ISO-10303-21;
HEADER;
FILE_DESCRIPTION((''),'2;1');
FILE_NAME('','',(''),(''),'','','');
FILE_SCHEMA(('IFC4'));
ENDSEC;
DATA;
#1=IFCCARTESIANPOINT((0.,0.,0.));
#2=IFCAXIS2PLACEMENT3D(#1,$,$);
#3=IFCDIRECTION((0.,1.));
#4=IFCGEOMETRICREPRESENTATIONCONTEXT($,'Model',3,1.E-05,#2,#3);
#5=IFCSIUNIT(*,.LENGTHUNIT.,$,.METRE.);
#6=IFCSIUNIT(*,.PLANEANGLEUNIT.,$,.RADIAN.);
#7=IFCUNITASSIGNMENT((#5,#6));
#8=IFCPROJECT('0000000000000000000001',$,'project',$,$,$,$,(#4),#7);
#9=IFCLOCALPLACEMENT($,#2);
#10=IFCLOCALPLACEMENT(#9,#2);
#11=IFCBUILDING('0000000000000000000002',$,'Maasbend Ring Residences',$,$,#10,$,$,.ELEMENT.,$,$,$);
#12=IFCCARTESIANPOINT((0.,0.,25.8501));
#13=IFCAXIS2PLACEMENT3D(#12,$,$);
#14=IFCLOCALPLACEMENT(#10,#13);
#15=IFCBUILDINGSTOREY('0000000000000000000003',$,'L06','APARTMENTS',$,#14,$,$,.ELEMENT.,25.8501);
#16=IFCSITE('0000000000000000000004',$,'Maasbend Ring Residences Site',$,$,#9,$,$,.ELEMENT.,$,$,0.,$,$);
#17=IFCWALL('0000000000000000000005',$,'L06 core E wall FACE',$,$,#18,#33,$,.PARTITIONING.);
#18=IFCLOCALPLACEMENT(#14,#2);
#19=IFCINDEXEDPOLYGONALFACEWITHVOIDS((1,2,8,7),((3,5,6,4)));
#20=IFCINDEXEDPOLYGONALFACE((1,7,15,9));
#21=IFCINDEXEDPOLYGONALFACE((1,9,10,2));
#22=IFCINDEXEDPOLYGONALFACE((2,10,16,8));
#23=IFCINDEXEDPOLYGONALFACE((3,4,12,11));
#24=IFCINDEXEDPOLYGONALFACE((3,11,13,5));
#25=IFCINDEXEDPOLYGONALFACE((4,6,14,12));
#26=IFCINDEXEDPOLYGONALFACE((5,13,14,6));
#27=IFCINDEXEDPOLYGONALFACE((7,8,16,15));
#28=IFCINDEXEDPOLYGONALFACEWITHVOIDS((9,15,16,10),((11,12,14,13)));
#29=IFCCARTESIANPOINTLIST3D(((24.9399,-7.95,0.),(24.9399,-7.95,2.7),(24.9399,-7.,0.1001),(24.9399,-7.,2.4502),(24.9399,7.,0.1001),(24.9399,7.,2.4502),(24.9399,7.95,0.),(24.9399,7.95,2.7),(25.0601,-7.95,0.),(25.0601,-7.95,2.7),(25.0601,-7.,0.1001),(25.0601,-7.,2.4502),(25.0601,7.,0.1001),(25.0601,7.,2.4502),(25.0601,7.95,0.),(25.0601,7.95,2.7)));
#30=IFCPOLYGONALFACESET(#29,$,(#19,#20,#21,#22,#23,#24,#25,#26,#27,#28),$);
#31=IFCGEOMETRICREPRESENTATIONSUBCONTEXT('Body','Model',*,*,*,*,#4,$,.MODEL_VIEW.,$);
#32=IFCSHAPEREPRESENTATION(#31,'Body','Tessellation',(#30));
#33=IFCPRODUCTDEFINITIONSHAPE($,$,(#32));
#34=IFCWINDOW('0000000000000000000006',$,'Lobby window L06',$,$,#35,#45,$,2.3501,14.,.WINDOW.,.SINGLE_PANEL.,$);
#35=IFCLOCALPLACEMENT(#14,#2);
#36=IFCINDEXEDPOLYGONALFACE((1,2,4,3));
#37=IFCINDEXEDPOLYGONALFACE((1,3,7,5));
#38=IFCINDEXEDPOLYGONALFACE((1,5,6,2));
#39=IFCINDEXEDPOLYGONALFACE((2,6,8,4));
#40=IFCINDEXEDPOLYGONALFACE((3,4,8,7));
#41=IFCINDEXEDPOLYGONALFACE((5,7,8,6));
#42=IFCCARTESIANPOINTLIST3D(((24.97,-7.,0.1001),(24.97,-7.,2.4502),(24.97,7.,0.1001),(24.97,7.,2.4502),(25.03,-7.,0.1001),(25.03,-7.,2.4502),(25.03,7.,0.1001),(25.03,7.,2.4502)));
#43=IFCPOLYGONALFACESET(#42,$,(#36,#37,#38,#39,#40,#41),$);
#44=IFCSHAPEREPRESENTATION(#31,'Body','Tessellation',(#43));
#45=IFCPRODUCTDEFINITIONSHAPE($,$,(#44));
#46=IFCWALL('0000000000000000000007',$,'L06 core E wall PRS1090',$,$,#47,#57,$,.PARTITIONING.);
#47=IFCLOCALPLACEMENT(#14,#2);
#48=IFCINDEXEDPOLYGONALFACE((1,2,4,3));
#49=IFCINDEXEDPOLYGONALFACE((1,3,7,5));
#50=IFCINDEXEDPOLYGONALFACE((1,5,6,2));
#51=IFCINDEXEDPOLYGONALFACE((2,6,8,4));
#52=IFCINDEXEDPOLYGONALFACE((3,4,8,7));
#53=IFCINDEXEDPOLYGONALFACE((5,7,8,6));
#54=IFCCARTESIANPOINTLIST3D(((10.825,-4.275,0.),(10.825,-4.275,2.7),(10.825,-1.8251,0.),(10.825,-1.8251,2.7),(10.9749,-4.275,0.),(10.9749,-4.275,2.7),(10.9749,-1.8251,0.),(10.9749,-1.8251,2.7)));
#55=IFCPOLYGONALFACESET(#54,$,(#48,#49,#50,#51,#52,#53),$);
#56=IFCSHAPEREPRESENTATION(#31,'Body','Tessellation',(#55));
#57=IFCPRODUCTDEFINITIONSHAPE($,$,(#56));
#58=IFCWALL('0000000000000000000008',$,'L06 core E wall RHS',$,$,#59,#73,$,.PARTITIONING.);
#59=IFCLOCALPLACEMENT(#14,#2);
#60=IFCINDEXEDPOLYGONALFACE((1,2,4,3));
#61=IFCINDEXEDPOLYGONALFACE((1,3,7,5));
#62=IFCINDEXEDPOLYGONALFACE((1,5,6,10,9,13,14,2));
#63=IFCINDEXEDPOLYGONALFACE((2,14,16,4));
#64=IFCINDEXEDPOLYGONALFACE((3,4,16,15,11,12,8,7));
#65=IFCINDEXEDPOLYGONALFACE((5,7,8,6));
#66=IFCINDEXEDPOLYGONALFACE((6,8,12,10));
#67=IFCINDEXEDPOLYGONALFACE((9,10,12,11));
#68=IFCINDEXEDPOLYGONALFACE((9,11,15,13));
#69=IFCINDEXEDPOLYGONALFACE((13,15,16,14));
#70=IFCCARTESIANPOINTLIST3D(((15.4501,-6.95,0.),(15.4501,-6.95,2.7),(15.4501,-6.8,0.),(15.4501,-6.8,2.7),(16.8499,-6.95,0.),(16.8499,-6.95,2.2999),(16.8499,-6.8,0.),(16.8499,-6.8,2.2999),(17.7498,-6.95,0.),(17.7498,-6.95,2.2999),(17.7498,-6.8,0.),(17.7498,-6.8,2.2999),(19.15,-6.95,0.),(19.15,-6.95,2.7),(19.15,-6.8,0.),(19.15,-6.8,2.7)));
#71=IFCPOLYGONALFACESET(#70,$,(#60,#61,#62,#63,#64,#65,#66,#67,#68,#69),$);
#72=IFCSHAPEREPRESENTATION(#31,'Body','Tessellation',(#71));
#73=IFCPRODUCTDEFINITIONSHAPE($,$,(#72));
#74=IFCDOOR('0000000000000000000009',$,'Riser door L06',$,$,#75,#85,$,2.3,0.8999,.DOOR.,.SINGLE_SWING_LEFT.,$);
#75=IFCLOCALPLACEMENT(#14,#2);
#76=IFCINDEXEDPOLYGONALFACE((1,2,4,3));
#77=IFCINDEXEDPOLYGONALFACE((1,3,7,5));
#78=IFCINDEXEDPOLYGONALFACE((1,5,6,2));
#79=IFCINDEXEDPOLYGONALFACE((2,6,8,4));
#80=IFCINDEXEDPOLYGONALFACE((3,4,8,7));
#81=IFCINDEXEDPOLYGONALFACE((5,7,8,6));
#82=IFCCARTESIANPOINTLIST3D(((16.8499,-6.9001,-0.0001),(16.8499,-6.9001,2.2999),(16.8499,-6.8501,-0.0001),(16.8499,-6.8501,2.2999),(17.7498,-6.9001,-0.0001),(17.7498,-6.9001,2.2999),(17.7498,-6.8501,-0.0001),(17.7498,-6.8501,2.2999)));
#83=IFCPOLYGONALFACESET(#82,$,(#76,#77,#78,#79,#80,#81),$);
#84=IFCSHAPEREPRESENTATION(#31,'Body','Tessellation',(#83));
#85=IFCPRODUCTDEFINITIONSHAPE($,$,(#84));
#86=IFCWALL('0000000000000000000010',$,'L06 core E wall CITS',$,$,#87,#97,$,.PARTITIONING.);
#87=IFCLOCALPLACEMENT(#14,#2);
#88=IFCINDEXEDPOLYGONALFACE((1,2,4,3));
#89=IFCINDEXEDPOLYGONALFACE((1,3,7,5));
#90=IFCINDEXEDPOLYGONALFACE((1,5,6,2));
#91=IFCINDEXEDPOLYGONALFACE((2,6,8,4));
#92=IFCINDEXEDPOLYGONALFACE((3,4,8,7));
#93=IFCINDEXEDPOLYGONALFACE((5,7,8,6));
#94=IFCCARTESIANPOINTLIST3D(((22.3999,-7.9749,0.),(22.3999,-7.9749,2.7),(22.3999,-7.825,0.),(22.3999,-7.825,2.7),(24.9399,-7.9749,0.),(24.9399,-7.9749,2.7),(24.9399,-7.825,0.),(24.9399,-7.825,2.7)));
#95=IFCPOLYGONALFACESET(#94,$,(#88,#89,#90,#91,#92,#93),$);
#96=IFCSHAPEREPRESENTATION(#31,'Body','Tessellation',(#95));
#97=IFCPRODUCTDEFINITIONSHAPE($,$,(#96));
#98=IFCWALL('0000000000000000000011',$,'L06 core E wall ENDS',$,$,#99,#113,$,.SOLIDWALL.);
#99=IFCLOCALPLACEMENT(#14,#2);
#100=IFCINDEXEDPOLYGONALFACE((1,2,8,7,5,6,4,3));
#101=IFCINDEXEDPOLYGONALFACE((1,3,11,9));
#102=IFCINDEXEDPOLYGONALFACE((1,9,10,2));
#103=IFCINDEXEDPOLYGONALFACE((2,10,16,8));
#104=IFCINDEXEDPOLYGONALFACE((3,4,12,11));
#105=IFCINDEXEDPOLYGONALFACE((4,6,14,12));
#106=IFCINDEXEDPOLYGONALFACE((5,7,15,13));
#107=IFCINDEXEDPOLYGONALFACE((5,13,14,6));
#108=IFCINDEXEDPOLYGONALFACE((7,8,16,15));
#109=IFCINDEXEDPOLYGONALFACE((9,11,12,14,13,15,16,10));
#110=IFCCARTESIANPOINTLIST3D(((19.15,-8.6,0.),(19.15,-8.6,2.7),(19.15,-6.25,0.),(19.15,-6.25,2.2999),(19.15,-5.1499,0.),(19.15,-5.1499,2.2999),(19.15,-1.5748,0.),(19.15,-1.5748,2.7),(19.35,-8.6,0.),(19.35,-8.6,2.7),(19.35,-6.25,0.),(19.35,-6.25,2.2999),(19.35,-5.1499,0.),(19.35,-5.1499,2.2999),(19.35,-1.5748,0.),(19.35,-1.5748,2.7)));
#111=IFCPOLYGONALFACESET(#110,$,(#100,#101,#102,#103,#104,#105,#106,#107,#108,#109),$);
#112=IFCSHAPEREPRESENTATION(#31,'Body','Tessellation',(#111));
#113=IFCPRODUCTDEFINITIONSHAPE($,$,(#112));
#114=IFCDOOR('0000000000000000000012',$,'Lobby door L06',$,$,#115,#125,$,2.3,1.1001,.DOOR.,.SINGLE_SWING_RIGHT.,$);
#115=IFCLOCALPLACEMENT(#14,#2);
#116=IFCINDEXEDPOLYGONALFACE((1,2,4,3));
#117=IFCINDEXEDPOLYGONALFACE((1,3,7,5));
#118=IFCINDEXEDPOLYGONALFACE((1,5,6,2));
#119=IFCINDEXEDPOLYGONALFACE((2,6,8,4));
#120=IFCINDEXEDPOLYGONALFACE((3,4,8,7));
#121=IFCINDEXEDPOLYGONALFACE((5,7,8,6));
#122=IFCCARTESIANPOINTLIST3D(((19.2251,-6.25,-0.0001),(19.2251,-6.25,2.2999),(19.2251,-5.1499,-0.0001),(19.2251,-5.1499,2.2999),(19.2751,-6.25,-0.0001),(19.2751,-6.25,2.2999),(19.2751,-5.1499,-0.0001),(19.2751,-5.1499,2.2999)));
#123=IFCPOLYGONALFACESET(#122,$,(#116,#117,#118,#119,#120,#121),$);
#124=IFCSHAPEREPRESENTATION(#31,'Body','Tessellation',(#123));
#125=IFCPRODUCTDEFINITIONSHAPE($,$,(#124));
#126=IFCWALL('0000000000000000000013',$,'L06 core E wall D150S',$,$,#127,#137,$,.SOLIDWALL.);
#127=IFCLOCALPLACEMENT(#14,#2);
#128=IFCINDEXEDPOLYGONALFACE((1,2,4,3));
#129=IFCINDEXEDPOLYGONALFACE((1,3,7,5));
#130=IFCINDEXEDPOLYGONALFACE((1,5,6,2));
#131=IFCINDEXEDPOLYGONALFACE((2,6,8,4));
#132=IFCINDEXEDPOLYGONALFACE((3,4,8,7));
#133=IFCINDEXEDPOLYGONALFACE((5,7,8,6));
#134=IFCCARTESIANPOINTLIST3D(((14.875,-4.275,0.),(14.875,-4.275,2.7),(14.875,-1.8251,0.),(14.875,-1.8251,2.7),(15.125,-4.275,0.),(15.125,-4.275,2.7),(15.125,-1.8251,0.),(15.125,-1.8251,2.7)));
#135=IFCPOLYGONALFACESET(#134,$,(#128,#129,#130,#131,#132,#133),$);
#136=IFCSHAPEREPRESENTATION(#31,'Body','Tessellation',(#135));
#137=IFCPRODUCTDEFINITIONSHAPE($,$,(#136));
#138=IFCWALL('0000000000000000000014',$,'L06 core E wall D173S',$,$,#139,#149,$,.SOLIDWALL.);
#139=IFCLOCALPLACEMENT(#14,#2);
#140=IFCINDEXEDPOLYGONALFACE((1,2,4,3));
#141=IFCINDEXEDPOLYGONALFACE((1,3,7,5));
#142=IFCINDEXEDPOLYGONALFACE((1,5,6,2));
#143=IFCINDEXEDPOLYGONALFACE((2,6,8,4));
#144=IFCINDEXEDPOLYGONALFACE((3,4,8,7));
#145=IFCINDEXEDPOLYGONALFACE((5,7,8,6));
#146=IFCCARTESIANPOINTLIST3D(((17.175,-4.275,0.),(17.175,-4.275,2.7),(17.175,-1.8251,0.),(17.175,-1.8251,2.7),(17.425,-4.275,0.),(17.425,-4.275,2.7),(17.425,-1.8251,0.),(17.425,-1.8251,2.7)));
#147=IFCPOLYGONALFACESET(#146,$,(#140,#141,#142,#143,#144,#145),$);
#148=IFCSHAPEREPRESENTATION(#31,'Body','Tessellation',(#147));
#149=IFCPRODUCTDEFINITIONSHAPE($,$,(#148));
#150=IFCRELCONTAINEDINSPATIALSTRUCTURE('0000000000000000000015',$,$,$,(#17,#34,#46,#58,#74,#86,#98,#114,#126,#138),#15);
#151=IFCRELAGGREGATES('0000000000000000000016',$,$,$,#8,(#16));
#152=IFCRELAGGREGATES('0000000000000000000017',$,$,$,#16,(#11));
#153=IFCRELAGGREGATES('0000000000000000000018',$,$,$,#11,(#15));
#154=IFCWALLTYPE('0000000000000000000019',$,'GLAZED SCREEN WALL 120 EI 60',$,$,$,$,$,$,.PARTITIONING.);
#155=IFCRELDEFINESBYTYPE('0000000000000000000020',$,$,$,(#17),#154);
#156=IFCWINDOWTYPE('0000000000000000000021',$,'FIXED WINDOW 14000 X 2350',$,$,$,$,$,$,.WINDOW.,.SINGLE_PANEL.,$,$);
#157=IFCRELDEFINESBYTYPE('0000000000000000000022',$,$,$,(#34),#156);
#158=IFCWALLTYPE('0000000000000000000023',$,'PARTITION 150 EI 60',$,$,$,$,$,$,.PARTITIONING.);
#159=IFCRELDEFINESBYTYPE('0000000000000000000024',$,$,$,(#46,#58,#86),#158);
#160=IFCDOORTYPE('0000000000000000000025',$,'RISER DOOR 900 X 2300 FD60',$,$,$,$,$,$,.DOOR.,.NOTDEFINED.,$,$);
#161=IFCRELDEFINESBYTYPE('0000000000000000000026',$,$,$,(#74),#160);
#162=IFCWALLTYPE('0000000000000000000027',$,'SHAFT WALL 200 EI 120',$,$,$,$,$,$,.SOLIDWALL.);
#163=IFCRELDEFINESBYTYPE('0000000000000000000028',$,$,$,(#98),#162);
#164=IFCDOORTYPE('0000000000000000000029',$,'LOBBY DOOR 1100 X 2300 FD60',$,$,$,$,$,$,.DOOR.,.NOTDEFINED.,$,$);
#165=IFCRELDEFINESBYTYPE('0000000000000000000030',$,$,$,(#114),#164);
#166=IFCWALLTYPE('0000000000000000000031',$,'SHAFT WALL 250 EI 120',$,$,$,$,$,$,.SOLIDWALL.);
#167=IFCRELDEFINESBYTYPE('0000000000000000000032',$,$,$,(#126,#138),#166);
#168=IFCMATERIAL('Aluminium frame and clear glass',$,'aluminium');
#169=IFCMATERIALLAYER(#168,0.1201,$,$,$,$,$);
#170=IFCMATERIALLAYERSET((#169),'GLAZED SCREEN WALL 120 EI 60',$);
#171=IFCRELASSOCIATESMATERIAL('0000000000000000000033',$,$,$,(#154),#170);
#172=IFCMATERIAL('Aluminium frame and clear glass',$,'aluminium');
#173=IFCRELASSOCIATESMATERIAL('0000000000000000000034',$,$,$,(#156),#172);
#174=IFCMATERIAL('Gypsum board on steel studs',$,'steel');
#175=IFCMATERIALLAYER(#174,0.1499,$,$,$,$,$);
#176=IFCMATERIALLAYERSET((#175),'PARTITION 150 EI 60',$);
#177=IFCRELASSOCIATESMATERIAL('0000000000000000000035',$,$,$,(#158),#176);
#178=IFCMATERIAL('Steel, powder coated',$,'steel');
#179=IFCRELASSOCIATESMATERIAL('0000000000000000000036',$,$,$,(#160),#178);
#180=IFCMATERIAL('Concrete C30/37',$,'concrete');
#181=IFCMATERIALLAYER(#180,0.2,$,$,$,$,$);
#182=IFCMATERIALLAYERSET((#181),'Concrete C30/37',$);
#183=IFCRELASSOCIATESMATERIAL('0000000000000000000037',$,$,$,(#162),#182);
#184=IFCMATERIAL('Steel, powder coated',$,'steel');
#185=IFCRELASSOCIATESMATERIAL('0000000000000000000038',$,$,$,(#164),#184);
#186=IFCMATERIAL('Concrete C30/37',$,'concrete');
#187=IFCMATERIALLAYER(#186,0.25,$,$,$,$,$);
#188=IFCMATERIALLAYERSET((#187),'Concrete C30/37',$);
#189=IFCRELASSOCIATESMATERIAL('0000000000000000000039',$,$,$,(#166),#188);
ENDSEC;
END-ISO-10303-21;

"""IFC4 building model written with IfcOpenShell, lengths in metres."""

from ifc_helpers import new_model, si_unit, direction, frame, frame_2d, origin, place, context, subcontext, project, spatial, rectangle, extrude, material, layer, layer_set, type_object, element, fill, save


model = new_model("IFC4")

# Units and contexts
model_context = context("Model", 3, precision=1e-05, world=origin(), true_north=direction((0.0, 1.0)))
body_context = subcontext(model_context, "Body", "Model", "MODEL_VIEW")
ifc_project = project(units=[si_unit("LENGTHUNIT", "METRE"), si_unit("PLANEANGLEUNIT", "RADIAN")], contexts=[model_context])

# Site, building, storey
site_placement = place(None, origin())
site = spatial("IfcSite", under=ifc_project, at=site_placement, Name="Maasbend Ring Residences Site", CompositionType="ELEMENT", RefElevation=0.0)
building_placement = place(site_placement, origin())
building = spatial("IfcBuilding", under=site, at=building_placement, Name="Maasbend Ring Residences", CompositionType="ELEMENT")
storey_placement = place(building_placement, frame((0.0, 0.0, 25.8501)))
storey = spatial("IfcBuildingStorey", under=building, at=storey_placement, Name="L06", Description="APARTMENTS", CompositionType="ELEMENT", Elevation=25.8501)

# Wall, opening, window
ifc_material_1 = material(Name="Aluminium frame and clear glass", Category="aluminium")
ifc_layer_1 = layer(ifc_material_1, 0.1201)
ifc_layer_set_1 = layer_set([ifc_layer_1], Name="GLAZED SCREEN WALL 120 EI 60")
wall_type_1 = type_object("IfcWallType", Name="GLAZED SCREEN WALL 120 EI 60", PredefinedType="PARTITIONING", material=ifc_layer_set_1)
wall_1_placement = place(storey_placement, frame((25.0, -7.95, 0.0), z_axis=(0.0, 0.0, 1.0), x_axis=(0.0, 1.0, 0.0)))
wall_1 = element("IfcWall", 1, at=wall_1_placement, inside=storey, type_object=wall_type_1, Name="L06 core E wall FACE", PredefinedType="PARTITIONING", context=body_context, shape_type="SweptSolid", body=[
    extrude(rectangle(XDim=15.8999, YDim=0.1201, at=frame_2d((7.95, 0.0))), origin(), (0.0, 0.0, 1.0), 2.7),
])
opening_1_placement = place(wall_1_placement, frame((0.95, 0.0, 0.1001)))
opening_1 = element("IfcOpeningElement", 2, at=opening_1_placement, cuts=wall_1, PredefinedType="OPENING", context=body_context, shape_type="SweptSolid", body=[
    extrude(rectangle(XDim=14.0, YDim=2.3501, at=frame_2d((7.0, 1.175))), frame((0.0, 0.0701, 0.0), z_axis=(0.0, -1.0, 0.0), x_axis=(1.0, 0.0, 0.0)), (0.0, 0.0, 1.0), 0.1401),
])
ifc_material_2 = material(Name="Aluminium frame and clear glass", Category="aluminium")
window_type = type_object("IfcWindowType", Name="FIXED WINDOW 14000 X 2350", PartitioningType="SINGLE_PANEL", PredefinedType="WINDOW", material=ifc_material_2)
window_placement = place(opening_1_placement, origin())
window = element("IfcWindow", 3, at=window_placement, inside=storey, type_object=window_type, Name="Lobby window L06", OverallHeight=2.3501, OverallWidth=14.0, PartitioningType="SINGLE_PANEL", PredefinedType="WINDOW", context=body_context, shape_type="SweptSolid", body=[
    extrude(rectangle(XDim=14.0, YDim=2.3501, at=frame_2d((7.0, 1.175))), frame((0.0, 0.03, 0.0), z_axis=(0.0, -1.0, 0.0), x_axis=(1.0, 0.0, 0.0)), (0.0, 0.0, 1.0), 0.0601),
])
fill(opening_1, window)

# Wall
ifc_material_3 = material(Name="Gypsum board on steel studs", Category="steel")
ifc_layer_2 = layer(ifc_material_3, 0.1499)
ifc_layer_set_2 = layer_set([ifc_layer_2], Name="PARTITION 150 EI 60")
wall_type_2 = type_object("IfcWallType", Name="PARTITION 150 EI 60", PredefinedType="PARTITIONING", material=ifc_layer_set_2)
wall_2_placement = place(storey_placement, frame((10.8999, -1.825, 0.0), z_axis=(0.0, 0.0, 1.0), x_axis=(0.0, -1.0, 0.0)))
element("IfcWall", 4, at=wall_2_placement, inside=storey, type_object=wall_type_2, Name="L06 core E wall PRS1090", PredefinedType="PARTITIONING", context=body_context, shape_type="SweptSolid", body=[
    extrude(rectangle(XDim=2.45, YDim=0.1499, at=frame_2d((1.2251, 0.0))), origin(), (0.0, 0.0, 1.0), 2.7),
])

# Wall, opening, door
wall_3_placement = place(storey_placement, frame((15.45, -6.875, 0.0), z_axis=(0.0, 0.0, 1.0), x_axis=(1.0, 0.0, 0.0)))
wall_3 = element("IfcWall", 5, at=wall_3_placement, inside=storey, type_object=wall_type_2, Name="L06 core E wall RHS", PredefinedType="PARTITIONING", context=body_context, shape_type="SweptSolid", body=[
    extrude(rectangle(XDim=3.7, YDim=0.1499, at=frame_2d((1.8501, 0.0))), origin(), (0.0, 0.0, 1.0), 2.7),
])
opening_2_placement = place(wall_3_placement, frame((1.3999, 0.0, 0.0)))
opening_2 = element("IfcOpeningElement", 6, at=opening_2_placement, cuts=wall_3, PredefinedType="OPENING", context=body_context, shape_type="SweptSolid", body=[
    extrude(rectangle(XDim=0.8999, YDim=2.3, at=frame_2d((0.45, 1.1499))), frame((0.0, 0.085, 0.0), z_axis=(0.0, -1.0, 0.0), x_axis=(1.0, 0.0, 0.0)), (0.0, 0.0, 1.0), 0.1699),
])
ifc_material_4 = material(Name="Steel, powder coated", Category="steel")
door_type_1 = type_object("IfcDoorType", Name="RISER DOOR 900 X 2300 FD60", OperationType="NOTDEFINED", PredefinedType="DOOR", material=ifc_material_4)
door_1_placement = place(opening_2_placement, origin())
door_1 = element("IfcDoor", 7, at=door_1_placement, inside=storey, type_object=door_type_1, Name="Riser door L06", OperationType="SINGLE_SWING_LEFT", OverallHeight=2.3, OverallWidth=0.8999, PredefinedType="DOOR", context=body_context, shape_type="SweptSolid", body=[
    extrude(rectangle(XDim=0.8999, YDim=2.3, at=frame_2d((0.45, 1.1499))), frame((0.0, 0.0249, 0.0), z_axis=(0.0, -1.0, 0.0), x_axis=(1.0, 0.0, 0.0)), (0.0, 0.0, 1.0), 0.05),
])
fill(opening_2, door_1)

# Wall
wall_4_placement = place(storey_placement, frame((22.3999, -7.8999, 0.0), z_axis=(0.0, 0.0, 1.0), x_axis=(1.0, 0.0, 0.0)))
element("IfcWall", 8, at=wall_4_placement, inside=storey, type_object=wall_type_2, Name="L06 core E wall CITS", PredefinedType="PARTITIONING", context=body_context, shape_type="SweptSolid", body=[
    extrude(rectangle(XDim=2.54, YDim=0.1499, at=frame_2d((1.27, 0.0))), origin(), (0.0, 0.0, 1.0), 2.7),
])

# Wall, opening, door
ifc_material_5 = material(Name="Concrete C30/37", Category="concrete")
ifc_layer_3 = layer(ifc_material_5, 0.2)
ifc_layer_set_3 = layer_set([ifc_layer_3], Name="Concrete C30/37")
wall_type_3 = type_object("IfcWallType", Name="SHAFT WALL 200 EI 120", PredefinedType="SOLIDWALL", material=ifc_layer_set_3)
wall_5_placement = place(storey_placement, frame((19.25, -8.6001, 0.0), z_axis=(0.0, 0.0, 1.0), x_axis=(0.0, 1.0, 0.0)))
wall_5 = element("IfcWall", 9, at=wall_5_placement, inside=storey, type_object=wall_type_3, Name="L06 core E wall ENDS", PredefinedType="SOLIDWALL", context=body_context, shape_type="SweptSolid", body=[
    extrude(rectangle(XDim=7.0251, YDim=0.2, at=frame_2d((3.5127, 0.0))), origin(), (0.0, 0.0, 1.0), 2.7),
])
opening_3_placement = place(wall_5_placement, frame((2.3501, 0.0, 0.0)))
opening_3 = element("IfcOpeningElement", 10, at=opening_3_placement, cuts=wall_5, PredefinedType="OPENING", context=body_context, shape_type="SweptSolid", body=[
    extrude(rectangle(XDim=1.1001, YDim=2.3, at=frame_2d((0.55, 1.1499))), frame((0.0, 0.1099, 0.0), z_axis=(0.0, -1.0, 0.0), x_axis=(1.0, 0.0, 0.0)), (0.0, 0.0, 1.0), 0.22),
])
ifc_material_6 = material(Name="Steel, powder coated", Category="steel")
door_type_2 = type_object("IfcDoorType", Name="LOBBY DOOR 1100 X 2300 FD60", OperationType="NOTDEFINED", PredefinedType="DOOR", material=ifc_material_6)
door_2_placement = place(opening_3_placement, origin())
door_2 = element("IfcDoor", 11, at=door_2_placement, inside=storey, type_object=door_type_2, Name="Lobby door L06", OperationType="SINGLE_SWING_RIGHT", OverallHeight=2.3, OverallWidth=1.1001, PredefinedType="DOOR", context=body_context, shape_type="SweptSolid", body=[
    extrude(rectangle(XDim=1.1001, YDim=2.3, at=frame_2d((0.55, 1.1499))), frame((0.0, 0.0249, 0.0), z_axis=(0.0, -1.0, 0.0), x_axis=(1.0, 0.0, 0.0)), (0.0, 0.0, 1.0), 0.05),
])
fill(opening_3, door_2)

# Walls
ifc_material_7 = material(Name="Concrete C30/37", Category="concrete")
ifc_layer_4 = layer(ifc_material_7, 0.25)
ifc_layer_set_4 = layer_set([ifc_layer_4], Name="Concrete C30/37")
wall_type_4 = type_object("IfcWallType", Name="SHAFT WALL 250 EI 120", PredefinedType="SOLIDWALL", material=ifc_layer_set_4)
for number, where, z_axis, x_axis, name in (
    (12, (15.0, -1.825, 0.0), (0.0, 0.0, 1.0), (0.0, -1.0, 0.0), "L06 core E wall D150S"),
    (13, (17.3, -1.825, 0.0), (0.0, 0.0, 1.0), (0.0, -1.0, 0.0), "L06 core E wall D173S"),
):
    element("IfcWall", number, at=place(storey_placement, frame(where, z_axis=z_axis, x_axis=x_axis)), inside=storey, type_object=wall_type_4, Name=name, PredefinedType="SOLIDWALL", context=body_context, shape_type="SweptSolid", body=[
        extrude(rectangle(XDim=2.45, YDim=0.25, at=frame_2d((1.2251, 0.0))), origin(), (0.0, 0.0, 1.0), 2.7),
    ])

save(model, "model.ifc")
